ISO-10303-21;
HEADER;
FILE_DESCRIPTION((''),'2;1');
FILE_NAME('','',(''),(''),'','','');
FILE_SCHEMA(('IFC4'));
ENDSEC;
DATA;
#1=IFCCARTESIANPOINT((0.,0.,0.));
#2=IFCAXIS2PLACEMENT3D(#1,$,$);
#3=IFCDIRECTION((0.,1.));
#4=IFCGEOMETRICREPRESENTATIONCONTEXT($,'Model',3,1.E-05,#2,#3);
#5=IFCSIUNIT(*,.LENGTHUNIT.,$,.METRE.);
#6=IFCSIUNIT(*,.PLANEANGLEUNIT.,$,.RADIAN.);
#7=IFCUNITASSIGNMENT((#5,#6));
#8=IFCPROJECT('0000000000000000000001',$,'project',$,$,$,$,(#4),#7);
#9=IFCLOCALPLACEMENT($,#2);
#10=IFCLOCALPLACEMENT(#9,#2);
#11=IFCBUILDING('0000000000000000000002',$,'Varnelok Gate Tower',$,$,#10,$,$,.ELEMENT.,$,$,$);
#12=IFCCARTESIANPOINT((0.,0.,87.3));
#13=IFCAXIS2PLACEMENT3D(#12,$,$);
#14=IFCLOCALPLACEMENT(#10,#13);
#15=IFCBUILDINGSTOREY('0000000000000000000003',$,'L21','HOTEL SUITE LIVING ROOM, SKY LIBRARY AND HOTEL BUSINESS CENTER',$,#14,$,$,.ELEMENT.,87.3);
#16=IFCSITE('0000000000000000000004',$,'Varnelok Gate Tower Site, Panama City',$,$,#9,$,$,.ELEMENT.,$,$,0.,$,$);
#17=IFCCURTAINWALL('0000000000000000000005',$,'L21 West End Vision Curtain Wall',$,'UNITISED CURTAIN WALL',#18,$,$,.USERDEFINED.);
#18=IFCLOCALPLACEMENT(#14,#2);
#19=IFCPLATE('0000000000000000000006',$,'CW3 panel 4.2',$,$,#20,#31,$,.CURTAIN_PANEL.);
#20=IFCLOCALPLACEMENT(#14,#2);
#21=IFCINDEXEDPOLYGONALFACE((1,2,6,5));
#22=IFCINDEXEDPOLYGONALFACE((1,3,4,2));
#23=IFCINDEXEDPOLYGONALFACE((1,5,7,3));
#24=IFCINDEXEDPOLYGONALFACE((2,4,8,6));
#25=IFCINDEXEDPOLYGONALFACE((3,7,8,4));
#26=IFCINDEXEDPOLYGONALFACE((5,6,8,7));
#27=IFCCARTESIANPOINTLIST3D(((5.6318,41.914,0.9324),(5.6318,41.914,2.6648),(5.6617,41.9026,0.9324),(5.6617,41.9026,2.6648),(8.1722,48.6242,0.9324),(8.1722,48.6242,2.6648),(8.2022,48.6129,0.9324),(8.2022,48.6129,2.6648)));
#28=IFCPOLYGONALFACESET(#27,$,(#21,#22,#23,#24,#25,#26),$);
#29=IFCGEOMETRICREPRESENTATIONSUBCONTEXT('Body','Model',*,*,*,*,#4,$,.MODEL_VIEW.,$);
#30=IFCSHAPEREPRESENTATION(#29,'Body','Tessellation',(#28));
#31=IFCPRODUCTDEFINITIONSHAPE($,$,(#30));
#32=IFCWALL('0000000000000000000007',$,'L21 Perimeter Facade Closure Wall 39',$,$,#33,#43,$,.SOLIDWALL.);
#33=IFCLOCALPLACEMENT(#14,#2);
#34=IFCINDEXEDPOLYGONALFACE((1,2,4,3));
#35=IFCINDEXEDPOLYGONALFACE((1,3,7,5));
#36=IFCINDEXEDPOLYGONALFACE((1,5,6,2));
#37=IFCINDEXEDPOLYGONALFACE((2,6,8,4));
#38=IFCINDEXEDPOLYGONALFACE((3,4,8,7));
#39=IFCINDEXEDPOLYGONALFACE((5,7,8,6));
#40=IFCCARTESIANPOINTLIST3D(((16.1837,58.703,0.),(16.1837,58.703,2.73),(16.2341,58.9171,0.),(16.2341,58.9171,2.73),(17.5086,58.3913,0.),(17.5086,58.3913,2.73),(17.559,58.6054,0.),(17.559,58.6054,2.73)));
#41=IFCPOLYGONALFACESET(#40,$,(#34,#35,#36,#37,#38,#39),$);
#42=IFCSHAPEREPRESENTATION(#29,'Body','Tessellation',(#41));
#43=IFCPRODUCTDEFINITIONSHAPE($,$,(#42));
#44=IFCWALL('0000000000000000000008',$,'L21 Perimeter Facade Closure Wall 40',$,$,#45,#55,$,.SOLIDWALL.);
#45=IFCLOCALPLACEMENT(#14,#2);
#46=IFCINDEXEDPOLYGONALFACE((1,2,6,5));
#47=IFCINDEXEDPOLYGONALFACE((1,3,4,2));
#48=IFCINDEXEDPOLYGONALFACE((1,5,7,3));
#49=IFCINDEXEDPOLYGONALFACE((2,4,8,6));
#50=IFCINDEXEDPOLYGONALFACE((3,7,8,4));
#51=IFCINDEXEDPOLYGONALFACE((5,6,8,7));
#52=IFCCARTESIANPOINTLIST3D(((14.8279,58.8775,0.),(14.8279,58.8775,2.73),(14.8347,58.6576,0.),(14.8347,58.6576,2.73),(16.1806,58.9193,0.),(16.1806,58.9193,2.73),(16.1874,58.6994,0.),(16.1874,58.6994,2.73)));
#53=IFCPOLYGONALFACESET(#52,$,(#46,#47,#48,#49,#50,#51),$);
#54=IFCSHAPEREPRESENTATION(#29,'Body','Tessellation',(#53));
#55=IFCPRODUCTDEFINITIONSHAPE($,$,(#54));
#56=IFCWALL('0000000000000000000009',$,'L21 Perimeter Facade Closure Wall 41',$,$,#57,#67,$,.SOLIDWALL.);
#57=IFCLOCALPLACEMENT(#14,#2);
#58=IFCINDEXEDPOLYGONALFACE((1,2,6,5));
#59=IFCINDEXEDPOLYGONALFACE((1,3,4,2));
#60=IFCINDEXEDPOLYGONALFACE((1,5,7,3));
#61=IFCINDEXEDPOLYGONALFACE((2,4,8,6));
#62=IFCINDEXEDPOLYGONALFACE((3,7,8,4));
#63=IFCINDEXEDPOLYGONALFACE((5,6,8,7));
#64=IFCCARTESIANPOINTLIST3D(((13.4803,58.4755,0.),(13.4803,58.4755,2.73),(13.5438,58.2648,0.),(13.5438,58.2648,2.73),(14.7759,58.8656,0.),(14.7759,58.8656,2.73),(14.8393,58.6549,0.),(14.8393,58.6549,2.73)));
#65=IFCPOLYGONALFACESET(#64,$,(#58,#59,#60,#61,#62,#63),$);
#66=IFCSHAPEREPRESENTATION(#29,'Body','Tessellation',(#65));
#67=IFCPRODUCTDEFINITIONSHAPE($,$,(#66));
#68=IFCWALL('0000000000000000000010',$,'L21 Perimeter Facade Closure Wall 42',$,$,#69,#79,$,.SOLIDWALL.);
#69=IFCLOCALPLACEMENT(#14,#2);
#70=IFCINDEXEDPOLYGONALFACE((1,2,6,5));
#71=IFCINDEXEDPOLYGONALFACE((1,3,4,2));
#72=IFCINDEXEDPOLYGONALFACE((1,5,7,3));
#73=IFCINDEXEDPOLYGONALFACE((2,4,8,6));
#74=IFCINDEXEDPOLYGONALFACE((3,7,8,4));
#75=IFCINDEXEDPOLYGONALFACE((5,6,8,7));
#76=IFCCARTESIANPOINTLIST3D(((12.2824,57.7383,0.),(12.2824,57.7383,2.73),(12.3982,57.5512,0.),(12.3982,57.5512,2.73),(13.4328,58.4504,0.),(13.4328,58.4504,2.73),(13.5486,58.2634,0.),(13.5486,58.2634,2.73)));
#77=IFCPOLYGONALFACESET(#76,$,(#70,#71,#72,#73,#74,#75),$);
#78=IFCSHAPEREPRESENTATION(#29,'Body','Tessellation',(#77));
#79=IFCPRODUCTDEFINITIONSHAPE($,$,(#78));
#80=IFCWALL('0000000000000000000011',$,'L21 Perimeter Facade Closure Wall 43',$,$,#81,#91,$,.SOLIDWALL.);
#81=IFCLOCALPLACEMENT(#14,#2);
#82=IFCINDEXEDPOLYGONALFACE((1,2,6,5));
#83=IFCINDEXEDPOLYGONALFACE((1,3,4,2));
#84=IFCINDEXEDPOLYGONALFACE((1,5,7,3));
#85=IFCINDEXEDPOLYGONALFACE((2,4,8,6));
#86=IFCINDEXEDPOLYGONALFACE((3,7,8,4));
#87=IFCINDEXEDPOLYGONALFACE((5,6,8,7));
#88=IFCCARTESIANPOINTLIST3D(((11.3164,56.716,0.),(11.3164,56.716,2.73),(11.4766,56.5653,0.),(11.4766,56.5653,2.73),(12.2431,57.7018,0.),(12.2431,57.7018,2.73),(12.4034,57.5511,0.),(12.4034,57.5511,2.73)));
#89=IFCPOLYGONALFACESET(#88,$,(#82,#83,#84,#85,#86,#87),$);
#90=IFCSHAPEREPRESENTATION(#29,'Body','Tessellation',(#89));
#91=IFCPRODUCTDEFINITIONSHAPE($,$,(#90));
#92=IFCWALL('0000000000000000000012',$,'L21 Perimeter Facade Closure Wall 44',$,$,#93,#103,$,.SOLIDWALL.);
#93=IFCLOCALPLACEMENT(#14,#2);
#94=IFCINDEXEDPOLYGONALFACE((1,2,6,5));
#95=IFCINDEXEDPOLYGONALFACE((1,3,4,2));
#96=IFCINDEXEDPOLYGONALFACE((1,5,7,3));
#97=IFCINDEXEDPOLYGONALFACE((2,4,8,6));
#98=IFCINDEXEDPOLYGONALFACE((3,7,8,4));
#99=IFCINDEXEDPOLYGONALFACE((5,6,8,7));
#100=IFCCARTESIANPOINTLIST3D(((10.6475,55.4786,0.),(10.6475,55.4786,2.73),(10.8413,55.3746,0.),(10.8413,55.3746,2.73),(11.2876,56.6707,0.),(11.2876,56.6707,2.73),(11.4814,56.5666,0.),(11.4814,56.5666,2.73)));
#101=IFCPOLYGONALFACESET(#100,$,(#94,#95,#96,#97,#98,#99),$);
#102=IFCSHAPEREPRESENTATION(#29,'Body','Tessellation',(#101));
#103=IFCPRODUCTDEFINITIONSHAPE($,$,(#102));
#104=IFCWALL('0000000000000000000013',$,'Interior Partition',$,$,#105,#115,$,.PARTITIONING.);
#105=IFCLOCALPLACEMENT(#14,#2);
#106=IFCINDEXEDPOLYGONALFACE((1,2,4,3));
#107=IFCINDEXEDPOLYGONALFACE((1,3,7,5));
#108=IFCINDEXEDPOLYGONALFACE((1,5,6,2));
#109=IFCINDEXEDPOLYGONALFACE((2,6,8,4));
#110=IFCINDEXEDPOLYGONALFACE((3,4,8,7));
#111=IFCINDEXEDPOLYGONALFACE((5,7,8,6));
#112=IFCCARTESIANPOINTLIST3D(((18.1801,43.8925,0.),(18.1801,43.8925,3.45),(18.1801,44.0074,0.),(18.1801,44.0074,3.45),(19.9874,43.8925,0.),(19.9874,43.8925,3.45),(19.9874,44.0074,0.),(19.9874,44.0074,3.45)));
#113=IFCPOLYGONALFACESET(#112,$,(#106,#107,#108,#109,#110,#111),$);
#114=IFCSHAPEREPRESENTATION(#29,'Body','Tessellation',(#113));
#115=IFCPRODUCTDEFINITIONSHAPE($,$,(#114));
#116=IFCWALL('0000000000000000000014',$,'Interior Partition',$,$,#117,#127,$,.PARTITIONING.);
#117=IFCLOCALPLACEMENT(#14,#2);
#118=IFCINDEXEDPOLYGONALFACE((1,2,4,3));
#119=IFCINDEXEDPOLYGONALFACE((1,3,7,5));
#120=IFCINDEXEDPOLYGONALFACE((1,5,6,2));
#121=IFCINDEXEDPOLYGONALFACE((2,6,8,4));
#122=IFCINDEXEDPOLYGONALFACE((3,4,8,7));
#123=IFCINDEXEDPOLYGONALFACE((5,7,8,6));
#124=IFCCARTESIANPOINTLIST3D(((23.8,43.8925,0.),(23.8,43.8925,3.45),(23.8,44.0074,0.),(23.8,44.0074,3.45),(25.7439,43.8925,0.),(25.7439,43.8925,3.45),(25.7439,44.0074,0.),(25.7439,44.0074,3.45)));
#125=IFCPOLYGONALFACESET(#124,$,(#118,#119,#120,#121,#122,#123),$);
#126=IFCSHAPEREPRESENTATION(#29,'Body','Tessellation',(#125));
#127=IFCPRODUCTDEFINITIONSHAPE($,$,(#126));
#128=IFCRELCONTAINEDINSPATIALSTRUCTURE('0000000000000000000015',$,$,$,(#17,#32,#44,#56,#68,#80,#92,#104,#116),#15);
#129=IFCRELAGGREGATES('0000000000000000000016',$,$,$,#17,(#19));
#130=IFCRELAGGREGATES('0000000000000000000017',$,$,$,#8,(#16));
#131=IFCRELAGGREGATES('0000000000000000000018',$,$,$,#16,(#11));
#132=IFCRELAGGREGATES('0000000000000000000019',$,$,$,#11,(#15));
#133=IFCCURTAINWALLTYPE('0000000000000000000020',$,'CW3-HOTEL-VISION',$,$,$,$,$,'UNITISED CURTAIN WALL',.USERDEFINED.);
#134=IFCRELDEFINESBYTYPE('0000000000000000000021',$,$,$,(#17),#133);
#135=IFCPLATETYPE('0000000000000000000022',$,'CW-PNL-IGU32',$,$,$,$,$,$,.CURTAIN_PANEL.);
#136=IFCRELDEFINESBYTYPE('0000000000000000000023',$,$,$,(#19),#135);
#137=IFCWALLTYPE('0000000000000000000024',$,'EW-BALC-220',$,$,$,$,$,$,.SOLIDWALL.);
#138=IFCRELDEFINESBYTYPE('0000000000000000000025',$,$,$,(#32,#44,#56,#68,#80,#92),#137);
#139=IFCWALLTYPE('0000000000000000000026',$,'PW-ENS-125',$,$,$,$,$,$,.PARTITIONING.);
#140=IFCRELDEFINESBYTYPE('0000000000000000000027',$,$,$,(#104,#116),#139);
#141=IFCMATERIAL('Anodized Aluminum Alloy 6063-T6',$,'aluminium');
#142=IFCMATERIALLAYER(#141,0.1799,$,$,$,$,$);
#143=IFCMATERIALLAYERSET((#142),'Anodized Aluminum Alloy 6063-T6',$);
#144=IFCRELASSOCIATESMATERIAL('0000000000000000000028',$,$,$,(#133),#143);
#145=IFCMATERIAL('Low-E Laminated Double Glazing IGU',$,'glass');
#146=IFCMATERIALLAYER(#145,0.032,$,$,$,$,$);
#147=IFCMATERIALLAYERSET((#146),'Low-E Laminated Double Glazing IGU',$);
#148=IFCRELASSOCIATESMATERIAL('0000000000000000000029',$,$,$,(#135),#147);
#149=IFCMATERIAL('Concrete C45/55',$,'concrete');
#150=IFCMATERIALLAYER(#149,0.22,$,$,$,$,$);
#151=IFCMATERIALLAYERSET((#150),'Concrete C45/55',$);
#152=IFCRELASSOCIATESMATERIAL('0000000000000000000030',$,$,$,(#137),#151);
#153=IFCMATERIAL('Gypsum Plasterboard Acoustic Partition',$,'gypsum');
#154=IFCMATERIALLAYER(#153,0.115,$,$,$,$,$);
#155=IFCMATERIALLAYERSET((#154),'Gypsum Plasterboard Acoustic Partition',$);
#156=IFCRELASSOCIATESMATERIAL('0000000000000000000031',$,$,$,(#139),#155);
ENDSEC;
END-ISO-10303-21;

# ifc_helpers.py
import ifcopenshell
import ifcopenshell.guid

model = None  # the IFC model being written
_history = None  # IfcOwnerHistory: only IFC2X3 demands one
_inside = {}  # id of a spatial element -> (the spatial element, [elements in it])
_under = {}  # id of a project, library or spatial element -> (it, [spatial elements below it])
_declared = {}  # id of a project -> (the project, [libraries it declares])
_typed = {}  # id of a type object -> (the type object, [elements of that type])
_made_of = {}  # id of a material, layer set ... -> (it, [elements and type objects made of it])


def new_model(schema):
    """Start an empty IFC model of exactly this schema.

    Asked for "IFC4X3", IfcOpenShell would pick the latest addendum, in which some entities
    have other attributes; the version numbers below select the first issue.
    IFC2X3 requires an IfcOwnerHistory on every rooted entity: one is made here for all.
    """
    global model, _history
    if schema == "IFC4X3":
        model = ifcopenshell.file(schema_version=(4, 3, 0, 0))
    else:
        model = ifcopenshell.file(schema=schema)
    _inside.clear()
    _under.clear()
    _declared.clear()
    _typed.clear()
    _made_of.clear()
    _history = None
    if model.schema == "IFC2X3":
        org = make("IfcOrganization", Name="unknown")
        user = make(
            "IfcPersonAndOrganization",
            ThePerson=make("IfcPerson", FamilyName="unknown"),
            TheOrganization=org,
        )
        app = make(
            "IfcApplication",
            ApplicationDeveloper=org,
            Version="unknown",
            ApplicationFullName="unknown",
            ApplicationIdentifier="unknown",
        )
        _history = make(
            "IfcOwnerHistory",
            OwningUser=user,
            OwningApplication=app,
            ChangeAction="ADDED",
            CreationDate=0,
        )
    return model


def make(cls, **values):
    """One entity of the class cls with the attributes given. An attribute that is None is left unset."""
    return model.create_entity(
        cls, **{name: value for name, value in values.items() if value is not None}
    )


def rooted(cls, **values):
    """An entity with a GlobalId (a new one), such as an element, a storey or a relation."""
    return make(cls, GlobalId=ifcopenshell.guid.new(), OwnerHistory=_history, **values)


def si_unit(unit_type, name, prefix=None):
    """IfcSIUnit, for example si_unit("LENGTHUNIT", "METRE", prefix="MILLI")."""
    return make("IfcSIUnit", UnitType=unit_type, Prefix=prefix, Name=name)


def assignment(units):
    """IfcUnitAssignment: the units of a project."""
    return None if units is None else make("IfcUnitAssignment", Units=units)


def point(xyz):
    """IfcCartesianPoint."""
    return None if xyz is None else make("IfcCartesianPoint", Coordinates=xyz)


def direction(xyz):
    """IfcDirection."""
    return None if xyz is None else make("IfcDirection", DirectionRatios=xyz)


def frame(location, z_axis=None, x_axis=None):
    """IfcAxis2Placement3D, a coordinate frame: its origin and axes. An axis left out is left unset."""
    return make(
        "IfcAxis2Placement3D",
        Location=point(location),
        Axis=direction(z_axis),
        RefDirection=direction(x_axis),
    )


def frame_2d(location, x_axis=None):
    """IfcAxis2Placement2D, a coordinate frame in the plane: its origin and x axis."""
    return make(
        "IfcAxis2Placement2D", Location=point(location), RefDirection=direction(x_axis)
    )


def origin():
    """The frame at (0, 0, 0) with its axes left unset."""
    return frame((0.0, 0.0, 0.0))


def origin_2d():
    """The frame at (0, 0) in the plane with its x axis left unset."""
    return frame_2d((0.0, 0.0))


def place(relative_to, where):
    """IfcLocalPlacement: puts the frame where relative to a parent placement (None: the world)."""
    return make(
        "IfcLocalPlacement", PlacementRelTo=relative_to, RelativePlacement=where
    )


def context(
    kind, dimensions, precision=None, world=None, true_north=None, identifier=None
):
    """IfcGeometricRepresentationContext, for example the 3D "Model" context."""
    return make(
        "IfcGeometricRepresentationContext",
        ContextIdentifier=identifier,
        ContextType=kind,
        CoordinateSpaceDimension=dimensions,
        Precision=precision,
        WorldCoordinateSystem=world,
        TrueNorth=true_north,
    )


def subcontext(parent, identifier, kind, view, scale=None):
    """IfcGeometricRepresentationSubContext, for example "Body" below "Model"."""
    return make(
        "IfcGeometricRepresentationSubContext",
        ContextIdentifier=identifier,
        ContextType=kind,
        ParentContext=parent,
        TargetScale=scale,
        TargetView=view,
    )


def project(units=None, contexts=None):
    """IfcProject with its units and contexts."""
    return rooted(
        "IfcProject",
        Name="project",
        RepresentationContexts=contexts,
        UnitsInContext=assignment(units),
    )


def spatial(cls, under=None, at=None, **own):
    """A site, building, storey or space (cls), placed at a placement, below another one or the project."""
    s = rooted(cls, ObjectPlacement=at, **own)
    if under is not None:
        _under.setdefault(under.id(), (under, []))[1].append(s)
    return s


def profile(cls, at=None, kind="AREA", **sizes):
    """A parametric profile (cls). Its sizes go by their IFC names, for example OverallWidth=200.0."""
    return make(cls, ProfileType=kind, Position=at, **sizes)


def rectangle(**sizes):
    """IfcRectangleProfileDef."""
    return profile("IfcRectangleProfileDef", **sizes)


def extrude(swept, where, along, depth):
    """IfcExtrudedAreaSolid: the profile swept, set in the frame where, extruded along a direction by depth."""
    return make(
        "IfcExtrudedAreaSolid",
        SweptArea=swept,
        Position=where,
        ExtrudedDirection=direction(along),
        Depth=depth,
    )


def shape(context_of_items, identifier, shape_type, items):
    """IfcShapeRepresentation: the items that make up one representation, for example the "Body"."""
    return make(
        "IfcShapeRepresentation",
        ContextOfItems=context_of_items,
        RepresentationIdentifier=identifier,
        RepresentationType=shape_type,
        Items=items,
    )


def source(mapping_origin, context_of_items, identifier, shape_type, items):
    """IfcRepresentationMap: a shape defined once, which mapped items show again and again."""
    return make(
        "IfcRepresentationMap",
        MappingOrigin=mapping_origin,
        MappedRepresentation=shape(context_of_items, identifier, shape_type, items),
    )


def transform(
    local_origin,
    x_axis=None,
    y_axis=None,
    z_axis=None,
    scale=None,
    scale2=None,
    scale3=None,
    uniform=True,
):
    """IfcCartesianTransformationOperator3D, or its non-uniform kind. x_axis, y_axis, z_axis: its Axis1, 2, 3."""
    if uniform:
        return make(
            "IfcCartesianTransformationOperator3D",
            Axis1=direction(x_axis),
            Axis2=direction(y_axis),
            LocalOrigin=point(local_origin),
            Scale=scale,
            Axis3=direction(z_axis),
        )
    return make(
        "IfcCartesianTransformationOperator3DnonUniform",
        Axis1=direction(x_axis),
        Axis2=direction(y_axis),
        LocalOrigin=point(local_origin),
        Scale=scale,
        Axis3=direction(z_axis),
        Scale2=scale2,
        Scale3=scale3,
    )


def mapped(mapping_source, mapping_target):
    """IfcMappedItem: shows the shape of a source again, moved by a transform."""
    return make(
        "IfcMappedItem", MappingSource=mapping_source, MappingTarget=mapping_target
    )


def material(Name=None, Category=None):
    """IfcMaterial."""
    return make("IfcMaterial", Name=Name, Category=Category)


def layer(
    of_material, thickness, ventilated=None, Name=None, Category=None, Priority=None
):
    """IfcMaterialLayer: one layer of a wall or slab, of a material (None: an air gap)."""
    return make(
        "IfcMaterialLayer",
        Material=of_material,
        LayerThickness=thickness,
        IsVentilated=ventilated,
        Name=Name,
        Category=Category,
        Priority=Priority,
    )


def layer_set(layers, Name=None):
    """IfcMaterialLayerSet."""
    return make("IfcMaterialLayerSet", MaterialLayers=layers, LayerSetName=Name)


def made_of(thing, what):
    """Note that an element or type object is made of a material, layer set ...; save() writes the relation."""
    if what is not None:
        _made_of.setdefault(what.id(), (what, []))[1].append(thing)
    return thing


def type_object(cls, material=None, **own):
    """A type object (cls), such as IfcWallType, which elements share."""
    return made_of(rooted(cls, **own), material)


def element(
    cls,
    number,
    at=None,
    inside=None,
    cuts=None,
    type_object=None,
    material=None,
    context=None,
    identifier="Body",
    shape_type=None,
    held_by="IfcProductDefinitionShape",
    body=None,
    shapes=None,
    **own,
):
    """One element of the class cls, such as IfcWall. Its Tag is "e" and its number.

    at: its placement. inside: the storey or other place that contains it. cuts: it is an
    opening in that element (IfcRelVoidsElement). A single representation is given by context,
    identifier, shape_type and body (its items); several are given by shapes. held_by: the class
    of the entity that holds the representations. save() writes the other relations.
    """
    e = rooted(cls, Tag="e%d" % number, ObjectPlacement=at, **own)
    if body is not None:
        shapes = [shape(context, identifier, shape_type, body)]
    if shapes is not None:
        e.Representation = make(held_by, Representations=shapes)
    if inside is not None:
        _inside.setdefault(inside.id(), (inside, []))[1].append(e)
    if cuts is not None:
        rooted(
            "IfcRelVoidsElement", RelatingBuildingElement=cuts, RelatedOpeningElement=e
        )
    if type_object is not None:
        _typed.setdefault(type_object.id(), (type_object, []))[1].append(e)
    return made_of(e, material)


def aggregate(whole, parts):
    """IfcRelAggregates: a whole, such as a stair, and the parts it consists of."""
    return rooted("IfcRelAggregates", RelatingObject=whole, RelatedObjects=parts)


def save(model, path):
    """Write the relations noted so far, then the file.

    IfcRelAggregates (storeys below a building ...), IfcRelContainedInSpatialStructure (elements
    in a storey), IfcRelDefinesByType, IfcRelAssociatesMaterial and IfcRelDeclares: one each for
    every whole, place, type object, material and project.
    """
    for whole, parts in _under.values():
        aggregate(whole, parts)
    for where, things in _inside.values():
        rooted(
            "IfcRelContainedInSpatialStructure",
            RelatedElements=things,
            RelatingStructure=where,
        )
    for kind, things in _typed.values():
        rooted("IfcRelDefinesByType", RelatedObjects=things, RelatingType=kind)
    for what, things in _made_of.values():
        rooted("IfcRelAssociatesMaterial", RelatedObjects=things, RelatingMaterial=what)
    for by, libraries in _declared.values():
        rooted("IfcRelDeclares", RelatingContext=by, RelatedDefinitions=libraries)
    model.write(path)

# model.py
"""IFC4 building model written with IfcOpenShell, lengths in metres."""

from ifc_helpers import new_model, si_unit, direction, frame, frame_2d, origin, origin_2d, place, context, subcontext, project, spatial, rectangle, extrude, source, transform, mapped, material, layer, layer_set, type_object, element, aggregate, save


model = new_model("IFC4")

# Units and contexts
model_context = context("Model", 3, precision=1e-05, world=origin(), true_north=direction((0.0, 1.0)))
body_context = subcontext(model_context, "Body", "Model", "MODEL_VIEW")
ifc_project = project(units=[si_unit("LENGTHUNIT", "METRE"), si_unit("PLANEANGLEUNIT", "RADIAN")], contexts=[model_context])

# Site, building, storey
site_placement = place(None, origin())
site = spatial("IfcSite", under=ifc_project, at=site_placement, Name="Varnelok Gate Tower Site, Panama City", CompositionType="ELEMENT", RefElevation=0.0)
building_placement = place(site_placement, origin())
building = spatial("IfcBuilding", under=site, at=building_placement, Name="Varnelok Gate Tower", CompositionType="ELEMENT")
storey_placement = place(building_placement, frame((0.0, 0.0, 87.3)))
storey = spatial("IfcBuildingStorey", under=building, at=storey_placement, Name="L21", Description="HOTEL SUITE LIVING ROOM, SKY LIBRARY AND HOTEL BUSINESS CENTER", CompositionType="ELEMENT", Elevation=87.3)

# Curtain wall, plate
ifc_material_1 = material(Name="Anodized Aluminum Alloy 6063-T6", Category="aluminium")
ifc_layer_1 = layer(ifc_material_1, 0.1799)
ifc_layer_set_1 = layer_set([ifc_layer_1], Name="Anodized Aluminum Alloy 6063-T6")
curtain_wall_type = type_object("IfcCurtainWallType", Name="CW3-HOTEL-VISION", ElementType="UNITISED CURTAIN WALL", PredefinedType="USERDEFINED", material=ifc_layer_set_1)
curtain_wall_placement = place(storey_placement, origin())
curtain_wall = element("IfcCurtainWall", 1, at=curtain_wall_placement, inside=storey, type_object=curtain_wall_type, Name="L21 West End Vision Curtain Wall", ObjectType="UNITISED CURTAIN WALL", PredefinedType="USERDEFINED")
ifc_material_2 = material(Name="Low-E Laminated Double Glazing IGU", Category="glass")
ifc_layer_2 = layer(ifc_material_2, 0.032)
ifc_layer_set_2 = layer_set([ifc_layer_2], Name="Low-E Laminated Double Glazing IGU")
plate_type = type_object("IfcPlateType", Name="CW-PNL-IGU32", PredefinedType="CURTAIN_PANEL", material=ifc_layer_set_2)
shared_shape_1 = source(origin(), body_context, "Body", "SweptSolid", [
    extrude(rectangle(XDim=7.175, YDim=0.032, at=origin_2d()), origin(), (0.0, 0.0, 1.0), 1.7324),
])
plate_1_placement = place(storey_placement, frame((6.917, 45.2634, 0.9324), z_axis=(0.0, 0.0, 1.0), x_axis=(0.354064, 0.935221, 0.0)))
plate_1 = element("IfcPlate", 2, at=plate_1_placement, type_object=plate_type, Name="CW3 panel 4.2", PredefinedType="CURTAIN_PANEL", context=body_context, shape_type="MappedRepresentation", body=[
    mapped(shared_shape_1, transform((0.0, 0.0, 0.0), scale=1.0)),
])
aggregate(curtain_wall, [plate_1])

# Walls
ifc_material_3 = material(Name="Concrete C45/55", Category="concrete")
ifc_layer_3 = layer(ifc_material_3, 0.22)
ifc_layer_set_3 = layer_set([ifc_layer_3], Name="Concrete C45/55")
wall_type_1 = type_object("IfcWallType", Name="EW-BALC-220", PredefinedType="SOLIDWALL", material=ifc_layer_set_3)
wall_1_placement = place(storey_placement, frame((17.5339, 58.4983, 0.0), z_axis=(0.0, 0.0, 1.0), x_axis=(-0.973415, 0.229049, 0.0)))
element("IfcWall", 3, at=wall_1_placement, inside=storey, type_object=wall_type_1, Name="L21 Perimeter Facade Closure Wall 39", PredefinedType="SOLIDWALL", context=body_context, shape_type="SweptSolid", body=[
    extrude(rectangle(XDim=1.3611, YDim=0.22, at=frame_2d((0.6807, 0.0))), origin(), (0.0, 0.0, 1.0), 2.73),
])
wall_2_placement = place(storey_placement, frame((16.1841, 58.8093, 0.0), z_axis=(0.0, 0.0, 1.0), x_axis=(-0.999524, -0.030852, 0.0)))
element("IfcWall", 4, at=wall_2_placement, inside=storey, type_object=wall_type_1, Name="L21 Perimeter Facade Closure Wall 40", PredefinedType="SOLIDWALL", context=body_context, shape_type="SweptSolid", body=[
    extrude(rectangle(XDim=1.3533, YDim=0.22, at=frame_2d((0.6768, 0.0))), origin(), (0.0, 0.0, 1.0), 2.73),
])
for number, where, z_axis, x_axis, name in (
    (5, (14.8076, 58.7603, 0.0), (0.0, 0.0, 1.0), (-0.957533, -0.288324, 0.0), "L21 Perimeter Facade Closure Wall 41"),
    (6, (13.4907, 58.3569, 0.0), (0.0, 0.0, 1.0), (-0.850261, -0.526361, 0.0), "L21 Perimeter Facade Closure Wall 42"),
    (7, (12.3232, 57.6265, 0.0), (0.0, 0.0, 1.0), (-0.684937, -0.728602, 0.0), "L21 Perimeter Facade Closure Wall 43"),
    (8, (11.3845, 56.6187, 0.0), (0.0, 0.0, 1.0), (-0.473077, -0.881021, 0.0), "L21 Perimeter Facade Closure Wall 44"),
):
    element("IfcWall", number, at=place(storey_placement, frame(where, z_axis=z_axis, x_axis=x_axis)), inside=storey, type_object=wall_type_1, Name=name, PredefinedType="SOLIDWALL", context=body_context, shape_type="SweptSolid", body=[
        extrude(rectangle(XDim=1.353, YDim=0.22, at=frame_2d((0.6765, 0.0))), origin(), (0.0, 0.0, 1.0), 2.73),
    ])
ifc_material_4 = material(Name="Gypsum Plasterboard Acoustic Partition", Category="gypsum")
ifc_layer_4 = layer(ifc_material_4, 0.115)
ifc_layer_set_4 = layer_set([ifc_layer_4], Name="Gypsum Plasterboard Acoustic Partition")
wall_type_2 = type_object("IfcWallType", Name="PW-ENS-125", PredefinedType="PARTITIONING", material=ifc_layer_set_4)
wall_3_placement = place(storey_placement, frame((18.1799, 43.95, 0.0), z_axis=(0.0, 0.0, 1.0), x_axis=(1.0, 0.0, 0.0)))
element("IfcWall", 9, at=wall_3_placement, inside=storey, type_object=wall_type_2, Name="Interior Partition", PredefinedType="PARTITIONING", context=body_context, shape_type="SweptSolid", body=[
    extrude(rectangle(XDim=1.8074, YDim=0.115, at=frame_2d((0.9038, 0.0))), origin(), (0.0, 0.0, 1.0), 3.45),
])
wall_4_placement = place(storey_placement, frame((23.8, 43.95, 0.0), z_axis=(0.0, 0.0, 1.0), x_axis=(1.0, 0.0, 0.0)))
element("IfcWall", 10, at=wall_4_placement, inside=storey, type_object=wall_type_2, Name="Interior Partition", PredefinedType="PARTITIONING", context=body_context, shape_type="SweptSolid", body=[
    extrude(rectangle(XDim=1.9438, YDim=0.115, at=frame_2d((0.9719, 0.0))), origin(), (0.0, 0.0, 1.0), 3.45),
])

save(model, "model.ifc")
